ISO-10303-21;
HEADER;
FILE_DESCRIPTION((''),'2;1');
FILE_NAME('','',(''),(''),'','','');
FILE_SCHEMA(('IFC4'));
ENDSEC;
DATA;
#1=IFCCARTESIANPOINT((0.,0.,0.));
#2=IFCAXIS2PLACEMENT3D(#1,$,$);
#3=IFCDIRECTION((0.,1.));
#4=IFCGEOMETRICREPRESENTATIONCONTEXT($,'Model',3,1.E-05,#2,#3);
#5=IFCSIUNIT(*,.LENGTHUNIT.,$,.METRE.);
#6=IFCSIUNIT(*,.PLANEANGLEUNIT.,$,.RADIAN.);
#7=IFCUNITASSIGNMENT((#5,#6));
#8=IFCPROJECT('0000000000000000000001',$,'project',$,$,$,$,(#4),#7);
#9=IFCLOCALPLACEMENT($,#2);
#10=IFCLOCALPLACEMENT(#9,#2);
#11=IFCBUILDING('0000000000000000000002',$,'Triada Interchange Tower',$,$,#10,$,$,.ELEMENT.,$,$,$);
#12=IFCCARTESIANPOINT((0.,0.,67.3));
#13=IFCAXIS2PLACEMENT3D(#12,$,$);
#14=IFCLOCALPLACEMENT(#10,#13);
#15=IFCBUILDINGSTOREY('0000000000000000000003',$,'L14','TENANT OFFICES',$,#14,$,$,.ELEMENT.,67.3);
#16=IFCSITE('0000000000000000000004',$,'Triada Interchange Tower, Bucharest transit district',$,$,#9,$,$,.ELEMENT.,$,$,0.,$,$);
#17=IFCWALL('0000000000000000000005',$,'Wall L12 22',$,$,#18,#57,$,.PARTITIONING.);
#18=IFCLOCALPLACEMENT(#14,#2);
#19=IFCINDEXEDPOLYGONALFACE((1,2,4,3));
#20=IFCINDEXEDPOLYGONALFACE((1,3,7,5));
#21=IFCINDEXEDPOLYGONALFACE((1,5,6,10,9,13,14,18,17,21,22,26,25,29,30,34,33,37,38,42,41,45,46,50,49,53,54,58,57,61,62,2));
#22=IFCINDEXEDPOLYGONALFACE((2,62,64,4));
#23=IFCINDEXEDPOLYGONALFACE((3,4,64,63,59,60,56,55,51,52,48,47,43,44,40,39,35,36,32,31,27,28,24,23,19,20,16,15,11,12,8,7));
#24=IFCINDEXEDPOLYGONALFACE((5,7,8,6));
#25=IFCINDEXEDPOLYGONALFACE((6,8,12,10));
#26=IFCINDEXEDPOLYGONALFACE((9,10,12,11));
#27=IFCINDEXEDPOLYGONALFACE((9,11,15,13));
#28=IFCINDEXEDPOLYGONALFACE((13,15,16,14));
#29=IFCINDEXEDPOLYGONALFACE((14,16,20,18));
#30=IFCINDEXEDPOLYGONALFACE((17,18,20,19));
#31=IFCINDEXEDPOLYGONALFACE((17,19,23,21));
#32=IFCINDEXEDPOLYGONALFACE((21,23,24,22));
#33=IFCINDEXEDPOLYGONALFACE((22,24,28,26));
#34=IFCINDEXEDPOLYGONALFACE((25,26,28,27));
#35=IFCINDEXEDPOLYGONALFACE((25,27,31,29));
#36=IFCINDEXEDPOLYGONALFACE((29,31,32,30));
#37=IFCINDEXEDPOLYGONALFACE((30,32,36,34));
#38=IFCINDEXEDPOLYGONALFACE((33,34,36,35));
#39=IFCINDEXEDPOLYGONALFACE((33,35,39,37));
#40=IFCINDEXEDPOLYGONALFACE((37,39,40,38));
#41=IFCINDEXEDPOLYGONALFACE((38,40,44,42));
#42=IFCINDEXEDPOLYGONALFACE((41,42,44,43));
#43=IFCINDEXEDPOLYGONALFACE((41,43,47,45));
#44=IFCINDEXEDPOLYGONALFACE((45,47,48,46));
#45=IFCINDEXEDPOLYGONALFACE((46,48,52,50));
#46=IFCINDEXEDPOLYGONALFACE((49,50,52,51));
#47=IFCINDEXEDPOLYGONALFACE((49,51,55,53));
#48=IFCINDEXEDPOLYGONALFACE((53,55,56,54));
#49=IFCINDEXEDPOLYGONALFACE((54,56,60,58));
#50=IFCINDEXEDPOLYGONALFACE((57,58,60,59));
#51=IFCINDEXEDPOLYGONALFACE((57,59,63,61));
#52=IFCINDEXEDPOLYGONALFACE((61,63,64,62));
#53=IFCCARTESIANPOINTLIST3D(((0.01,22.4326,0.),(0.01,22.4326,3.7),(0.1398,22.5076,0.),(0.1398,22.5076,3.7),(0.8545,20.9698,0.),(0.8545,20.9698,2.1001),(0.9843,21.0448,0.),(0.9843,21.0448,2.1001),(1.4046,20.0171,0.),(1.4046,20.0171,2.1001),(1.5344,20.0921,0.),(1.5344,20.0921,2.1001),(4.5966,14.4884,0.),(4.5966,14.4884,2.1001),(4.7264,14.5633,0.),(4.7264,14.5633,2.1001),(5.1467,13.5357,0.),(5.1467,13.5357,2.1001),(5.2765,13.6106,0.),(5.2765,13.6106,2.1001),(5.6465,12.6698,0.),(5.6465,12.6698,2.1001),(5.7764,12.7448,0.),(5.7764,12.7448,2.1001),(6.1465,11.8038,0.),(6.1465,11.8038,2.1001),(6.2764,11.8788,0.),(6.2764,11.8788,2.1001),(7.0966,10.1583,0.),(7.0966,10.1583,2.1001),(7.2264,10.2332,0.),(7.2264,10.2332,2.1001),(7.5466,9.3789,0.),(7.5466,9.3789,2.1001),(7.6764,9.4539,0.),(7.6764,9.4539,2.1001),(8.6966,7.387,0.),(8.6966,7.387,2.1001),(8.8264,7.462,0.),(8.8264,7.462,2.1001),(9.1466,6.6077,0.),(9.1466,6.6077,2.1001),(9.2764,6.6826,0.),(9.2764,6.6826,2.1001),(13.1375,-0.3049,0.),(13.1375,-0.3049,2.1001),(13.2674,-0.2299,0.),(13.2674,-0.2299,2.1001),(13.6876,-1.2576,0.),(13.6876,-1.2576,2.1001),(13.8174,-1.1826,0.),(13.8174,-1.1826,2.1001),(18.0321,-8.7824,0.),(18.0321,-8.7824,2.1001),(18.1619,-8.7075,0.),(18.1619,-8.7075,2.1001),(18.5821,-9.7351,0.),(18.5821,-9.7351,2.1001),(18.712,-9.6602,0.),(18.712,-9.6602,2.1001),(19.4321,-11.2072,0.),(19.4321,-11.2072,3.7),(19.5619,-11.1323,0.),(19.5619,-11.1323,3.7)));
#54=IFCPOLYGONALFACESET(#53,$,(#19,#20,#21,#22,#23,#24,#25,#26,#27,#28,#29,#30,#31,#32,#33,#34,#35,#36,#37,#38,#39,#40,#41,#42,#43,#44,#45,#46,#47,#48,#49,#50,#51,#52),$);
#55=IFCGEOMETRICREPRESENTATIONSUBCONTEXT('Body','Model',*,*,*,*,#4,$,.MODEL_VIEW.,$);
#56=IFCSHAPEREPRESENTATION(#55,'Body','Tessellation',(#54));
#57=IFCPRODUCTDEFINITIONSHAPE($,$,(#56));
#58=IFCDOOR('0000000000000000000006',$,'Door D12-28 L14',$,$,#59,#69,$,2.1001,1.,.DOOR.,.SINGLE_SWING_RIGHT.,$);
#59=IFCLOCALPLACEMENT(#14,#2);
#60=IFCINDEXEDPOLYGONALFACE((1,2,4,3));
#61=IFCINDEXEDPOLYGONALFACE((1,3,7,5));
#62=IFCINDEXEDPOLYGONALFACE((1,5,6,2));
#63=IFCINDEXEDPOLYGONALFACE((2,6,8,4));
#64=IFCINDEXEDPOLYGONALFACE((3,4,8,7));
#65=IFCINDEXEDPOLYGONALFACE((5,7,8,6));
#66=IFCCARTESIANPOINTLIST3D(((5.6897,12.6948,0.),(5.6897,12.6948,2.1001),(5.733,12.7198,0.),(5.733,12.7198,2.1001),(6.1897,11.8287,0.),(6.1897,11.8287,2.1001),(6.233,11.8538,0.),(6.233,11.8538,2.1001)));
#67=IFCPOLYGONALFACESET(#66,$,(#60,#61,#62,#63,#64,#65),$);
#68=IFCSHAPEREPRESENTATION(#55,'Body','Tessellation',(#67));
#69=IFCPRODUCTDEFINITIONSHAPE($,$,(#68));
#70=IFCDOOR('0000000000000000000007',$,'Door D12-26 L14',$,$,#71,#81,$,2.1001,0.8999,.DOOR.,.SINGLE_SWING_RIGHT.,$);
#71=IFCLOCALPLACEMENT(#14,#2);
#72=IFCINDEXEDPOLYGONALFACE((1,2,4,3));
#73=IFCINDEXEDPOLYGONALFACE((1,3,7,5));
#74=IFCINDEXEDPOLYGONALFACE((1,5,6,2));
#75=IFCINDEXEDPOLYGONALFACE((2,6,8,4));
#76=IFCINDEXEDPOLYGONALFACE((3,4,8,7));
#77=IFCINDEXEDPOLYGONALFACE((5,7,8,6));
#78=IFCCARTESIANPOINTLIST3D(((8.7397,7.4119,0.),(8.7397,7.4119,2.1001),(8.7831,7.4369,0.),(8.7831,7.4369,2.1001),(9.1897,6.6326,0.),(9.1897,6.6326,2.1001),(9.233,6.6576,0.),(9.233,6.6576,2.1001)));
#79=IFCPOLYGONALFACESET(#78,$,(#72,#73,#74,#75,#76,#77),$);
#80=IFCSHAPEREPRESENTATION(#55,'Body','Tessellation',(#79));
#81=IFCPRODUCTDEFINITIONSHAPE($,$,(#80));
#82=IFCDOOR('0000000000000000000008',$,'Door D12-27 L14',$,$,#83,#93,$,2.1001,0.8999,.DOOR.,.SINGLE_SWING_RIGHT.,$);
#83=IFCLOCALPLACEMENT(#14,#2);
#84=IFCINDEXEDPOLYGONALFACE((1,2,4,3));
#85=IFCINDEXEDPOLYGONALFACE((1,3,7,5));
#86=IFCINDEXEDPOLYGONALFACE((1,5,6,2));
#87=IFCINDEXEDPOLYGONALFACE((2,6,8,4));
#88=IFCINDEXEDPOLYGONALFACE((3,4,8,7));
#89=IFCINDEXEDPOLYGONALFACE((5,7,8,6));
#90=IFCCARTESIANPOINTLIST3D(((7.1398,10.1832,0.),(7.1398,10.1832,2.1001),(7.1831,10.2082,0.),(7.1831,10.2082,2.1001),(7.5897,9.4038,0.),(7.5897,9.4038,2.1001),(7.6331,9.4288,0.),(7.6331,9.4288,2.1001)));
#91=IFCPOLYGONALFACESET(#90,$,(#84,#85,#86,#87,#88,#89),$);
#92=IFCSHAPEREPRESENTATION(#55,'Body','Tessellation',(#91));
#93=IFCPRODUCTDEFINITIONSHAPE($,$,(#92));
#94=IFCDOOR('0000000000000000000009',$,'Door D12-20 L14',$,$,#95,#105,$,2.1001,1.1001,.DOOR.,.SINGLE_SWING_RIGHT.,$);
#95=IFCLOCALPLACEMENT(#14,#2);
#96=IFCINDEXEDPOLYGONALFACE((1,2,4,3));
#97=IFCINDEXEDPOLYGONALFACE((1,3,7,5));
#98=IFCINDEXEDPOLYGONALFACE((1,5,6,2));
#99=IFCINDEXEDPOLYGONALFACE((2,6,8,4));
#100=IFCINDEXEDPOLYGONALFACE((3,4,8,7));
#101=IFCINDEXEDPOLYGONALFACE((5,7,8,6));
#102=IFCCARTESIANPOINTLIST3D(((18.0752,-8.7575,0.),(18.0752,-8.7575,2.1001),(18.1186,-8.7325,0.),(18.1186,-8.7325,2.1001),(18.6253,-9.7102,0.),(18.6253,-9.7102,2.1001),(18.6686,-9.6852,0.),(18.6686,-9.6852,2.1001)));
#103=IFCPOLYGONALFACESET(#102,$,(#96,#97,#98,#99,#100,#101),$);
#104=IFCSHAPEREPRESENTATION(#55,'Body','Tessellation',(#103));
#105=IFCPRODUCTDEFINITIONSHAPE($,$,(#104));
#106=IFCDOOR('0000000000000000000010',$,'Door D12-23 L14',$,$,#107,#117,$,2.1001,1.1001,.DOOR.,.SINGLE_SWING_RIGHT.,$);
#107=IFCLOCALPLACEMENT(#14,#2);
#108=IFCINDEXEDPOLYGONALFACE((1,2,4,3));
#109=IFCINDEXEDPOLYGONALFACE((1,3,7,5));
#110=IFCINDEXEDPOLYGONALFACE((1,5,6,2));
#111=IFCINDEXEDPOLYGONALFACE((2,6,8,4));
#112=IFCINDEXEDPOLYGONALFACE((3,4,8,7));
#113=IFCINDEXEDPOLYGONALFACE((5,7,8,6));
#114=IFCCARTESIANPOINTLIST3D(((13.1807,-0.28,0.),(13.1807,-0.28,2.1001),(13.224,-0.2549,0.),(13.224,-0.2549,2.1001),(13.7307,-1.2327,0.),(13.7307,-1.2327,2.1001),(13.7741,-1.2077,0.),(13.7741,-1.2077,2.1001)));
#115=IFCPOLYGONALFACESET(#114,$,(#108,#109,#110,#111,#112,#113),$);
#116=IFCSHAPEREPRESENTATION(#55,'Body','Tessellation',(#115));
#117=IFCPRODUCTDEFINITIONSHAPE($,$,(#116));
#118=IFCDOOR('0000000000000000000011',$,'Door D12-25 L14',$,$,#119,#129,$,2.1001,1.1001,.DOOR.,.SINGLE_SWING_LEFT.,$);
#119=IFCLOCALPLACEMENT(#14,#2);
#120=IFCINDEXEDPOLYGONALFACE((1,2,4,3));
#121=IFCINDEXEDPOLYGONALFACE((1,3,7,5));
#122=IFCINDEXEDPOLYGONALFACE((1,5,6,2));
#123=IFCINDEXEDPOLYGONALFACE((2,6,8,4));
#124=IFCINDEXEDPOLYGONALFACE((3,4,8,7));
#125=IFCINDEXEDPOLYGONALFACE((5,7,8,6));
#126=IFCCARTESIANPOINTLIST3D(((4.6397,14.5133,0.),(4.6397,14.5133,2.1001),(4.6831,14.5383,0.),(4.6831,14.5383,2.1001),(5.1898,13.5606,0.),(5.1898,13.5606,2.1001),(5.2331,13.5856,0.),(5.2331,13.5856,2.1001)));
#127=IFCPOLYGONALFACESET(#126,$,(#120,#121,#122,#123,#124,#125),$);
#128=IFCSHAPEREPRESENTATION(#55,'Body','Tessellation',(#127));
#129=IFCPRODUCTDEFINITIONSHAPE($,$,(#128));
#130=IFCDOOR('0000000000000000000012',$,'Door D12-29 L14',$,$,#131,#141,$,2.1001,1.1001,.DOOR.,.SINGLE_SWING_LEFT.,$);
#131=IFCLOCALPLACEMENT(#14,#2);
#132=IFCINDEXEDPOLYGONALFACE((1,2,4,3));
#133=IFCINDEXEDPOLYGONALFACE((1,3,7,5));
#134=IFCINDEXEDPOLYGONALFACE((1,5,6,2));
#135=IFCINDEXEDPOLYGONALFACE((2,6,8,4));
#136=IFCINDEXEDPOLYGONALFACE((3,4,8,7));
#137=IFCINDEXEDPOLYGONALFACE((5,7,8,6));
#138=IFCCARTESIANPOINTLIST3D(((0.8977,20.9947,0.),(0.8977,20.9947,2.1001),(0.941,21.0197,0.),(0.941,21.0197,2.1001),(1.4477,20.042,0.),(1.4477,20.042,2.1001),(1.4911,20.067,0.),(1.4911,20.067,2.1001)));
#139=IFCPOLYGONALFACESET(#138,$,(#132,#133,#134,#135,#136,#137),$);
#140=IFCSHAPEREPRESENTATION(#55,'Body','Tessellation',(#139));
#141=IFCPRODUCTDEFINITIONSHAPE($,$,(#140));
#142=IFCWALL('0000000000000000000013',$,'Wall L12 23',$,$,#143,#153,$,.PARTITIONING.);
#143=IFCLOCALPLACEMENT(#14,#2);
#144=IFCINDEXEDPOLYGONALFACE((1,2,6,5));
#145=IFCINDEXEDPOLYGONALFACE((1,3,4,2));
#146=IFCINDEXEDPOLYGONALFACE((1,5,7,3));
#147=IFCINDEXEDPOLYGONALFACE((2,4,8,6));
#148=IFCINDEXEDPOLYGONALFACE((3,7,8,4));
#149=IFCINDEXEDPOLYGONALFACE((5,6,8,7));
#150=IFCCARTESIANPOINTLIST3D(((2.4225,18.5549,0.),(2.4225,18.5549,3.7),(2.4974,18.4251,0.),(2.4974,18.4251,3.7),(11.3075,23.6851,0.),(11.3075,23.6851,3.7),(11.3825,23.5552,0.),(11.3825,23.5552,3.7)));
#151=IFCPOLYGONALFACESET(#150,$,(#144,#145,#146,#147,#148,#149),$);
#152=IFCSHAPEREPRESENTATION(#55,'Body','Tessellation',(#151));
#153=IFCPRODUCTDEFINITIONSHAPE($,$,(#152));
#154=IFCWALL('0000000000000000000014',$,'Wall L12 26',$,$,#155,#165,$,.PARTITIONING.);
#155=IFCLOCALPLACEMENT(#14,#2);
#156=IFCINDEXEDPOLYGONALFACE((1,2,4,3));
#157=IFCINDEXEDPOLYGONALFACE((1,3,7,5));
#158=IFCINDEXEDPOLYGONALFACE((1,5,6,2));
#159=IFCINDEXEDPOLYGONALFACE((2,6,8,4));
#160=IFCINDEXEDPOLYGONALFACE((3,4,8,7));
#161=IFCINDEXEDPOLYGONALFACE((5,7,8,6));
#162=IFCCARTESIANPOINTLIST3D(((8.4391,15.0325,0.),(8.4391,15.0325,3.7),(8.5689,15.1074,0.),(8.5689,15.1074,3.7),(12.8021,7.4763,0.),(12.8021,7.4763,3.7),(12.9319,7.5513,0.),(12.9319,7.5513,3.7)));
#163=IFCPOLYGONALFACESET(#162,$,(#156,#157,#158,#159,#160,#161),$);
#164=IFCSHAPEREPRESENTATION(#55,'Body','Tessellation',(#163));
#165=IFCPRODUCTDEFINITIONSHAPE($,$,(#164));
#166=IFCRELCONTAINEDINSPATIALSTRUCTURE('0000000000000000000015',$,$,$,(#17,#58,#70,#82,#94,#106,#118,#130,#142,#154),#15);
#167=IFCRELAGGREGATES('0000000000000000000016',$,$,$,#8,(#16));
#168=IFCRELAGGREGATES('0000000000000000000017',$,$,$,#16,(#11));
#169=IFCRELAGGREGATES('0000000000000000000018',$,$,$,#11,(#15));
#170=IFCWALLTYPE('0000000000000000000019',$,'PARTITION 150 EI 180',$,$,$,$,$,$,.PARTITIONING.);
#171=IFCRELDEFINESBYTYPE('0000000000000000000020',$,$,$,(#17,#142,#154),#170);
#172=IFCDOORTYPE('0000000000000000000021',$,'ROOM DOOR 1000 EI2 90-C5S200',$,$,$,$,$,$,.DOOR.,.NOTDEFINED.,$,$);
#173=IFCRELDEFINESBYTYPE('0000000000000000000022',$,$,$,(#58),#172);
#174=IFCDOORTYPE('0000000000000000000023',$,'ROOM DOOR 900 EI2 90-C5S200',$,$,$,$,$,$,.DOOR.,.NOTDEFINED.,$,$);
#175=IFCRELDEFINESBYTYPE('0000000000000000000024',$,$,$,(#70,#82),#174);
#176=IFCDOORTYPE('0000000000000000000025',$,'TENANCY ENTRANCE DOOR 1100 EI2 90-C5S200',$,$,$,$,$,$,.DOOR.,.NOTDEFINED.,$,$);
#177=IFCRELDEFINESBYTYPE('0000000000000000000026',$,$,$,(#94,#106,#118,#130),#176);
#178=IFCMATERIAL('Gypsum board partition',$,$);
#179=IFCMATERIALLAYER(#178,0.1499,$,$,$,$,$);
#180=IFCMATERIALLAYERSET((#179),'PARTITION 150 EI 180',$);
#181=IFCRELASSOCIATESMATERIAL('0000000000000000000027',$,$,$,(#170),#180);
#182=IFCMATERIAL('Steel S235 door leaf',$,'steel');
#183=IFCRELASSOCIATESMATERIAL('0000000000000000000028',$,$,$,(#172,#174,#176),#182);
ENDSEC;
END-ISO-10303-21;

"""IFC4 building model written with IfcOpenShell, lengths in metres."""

from ifc_helpers import new_model, si_unit, direction, frame, frame_2d, origin, place, context, subcontext, project, spatial, rectangle, extrude, material, layer, layer_set, type_object, element, fill, save


model = new_model("IFC4")

# Units and contexts
model_context = context("Model", 3, precision=1e-05, world=origin(), true_north=direction((0.0, 1.0)))
body_context = subcontext(model_context, "Body", "Model", "MODEL_VIEW")
ifc_project = project(units=[si_unit("LENGTHUNIT", "METRE"), si_unit("PLANEANGLEUNIT", "RADIAN")], contexts=[model_context])

# Site, building, storey
site_placement = place(None, origin())
site = spatial("IfcSite", under=ifc_project, at=site_placement, Name="Triada Interchange Tower, Bucharest transit district", CompositionType="ELEMENT", RefElevation=0.0)
building_placement = place(site_placement, origin())
building = spatial("IfcBuilding", under=site, at=building_placement, Name="Triada Interchange Tower", CompositionType="ELEMENT")
storey_placement = place(building_placement, frame((0.0, 0.0, 67.3)))
storey = spatial("IfcBuildingStorey", under=building, at=storey_placement, Name="L14", Description="TENANT OFFICES", CompositionType="ELEMENT", Elevation=67.3)

# Shared definitions
ifc_material_1 = material(Name="Steel S235 door leaf", Category="steel")

# Shared definitions
ifc_material_2 = material(Name="Gypsum board partition")
ifc_layer_1 = layer(ifc_material_2, 0.1499)
ifc_layer_set_1 = layer_set([ifc_layer_1], Name="PARTITION 150 EI 180")
wall_type_1 = type_object("IfcWallType", Name="PARTITION 150 EI 180", PredefinedType="PARTITIONING", material=ifc_layer_set_1)

# Wall, openings, doors
wall_1_placement = place(storey_placement, frame((0.075, 22.47, 0.0), z_axis=(0.0, 0.0, 1.0), x_axis=(0.500002, -0.866024, 0.0)))
wall_1 = element("IfcWall", 1, at=wall_1_placement, inside=storey, type_object=wall_type_1, Name="Wall L12 22", PredefinedType="PARTITIONING", context=body_context, shape_type="SweptSolid", body=[
    extrude(rectangle(XDim=38.844, YDim=0.1499, at=frame_2d((19.4219, 0.0))), origin(), (0.0, 0.0, 1.0), 3.7),
])
opening_1_placement = place(wall_1_placement, frame((36.0439, 0.0, 0.0)))
opening_1 = element("IfcOpeningElement", 2, at=opening_1_placement, cuts=wall_1, PredefinedType="OPENING", context=body_context, shape_type="SweptSolid", body=[
    extrude(rectangle(XDim=1.1001, YDim=2.1001, at=frame_2d((0.55, 1.05))), frame((0.0, 0.085, 0.0), z_axis=(0.0, -1.0, 0.0), x_axis=(1.0, 0.0, 0.0)), (0.0, 0.0, 1.0), 0.1699),
])
opening_2_placement = place(wall_1_placement, frame((26.2549, 0.0, 0.0)))
opening_2 = element("IfcOpeningElement", 3, at=opening_2_placement, cuts=wall_1, PredefinedType="OPENING", context=body_context, shape_type="SweptSolid", body=[
    extrude(rectangle(XDim=1.1001, YDim=2.1001, at=frame_2d((0.55, 1.05))), frame((0.0, 0.085, 0.0), z_axis=(0.0, -1.0, 0.0), x_axis=(1.0, 0.0, 0.0)), (0.0, 0.0, 1.0), 0.1699),
])
opening_3_placement = place(wall_1_placement, frame((9.1731, 0.0, 0.0)))
opening_3 = element("IfcOpeningElement", 4, at=opening_3_placement, cuts=wall_1, PredefinedType="OPENING", context=body_context, shape_type="SweptSolid", body=[
    extrude(rectangle(XDim=1.1001, YDim=2.1001, at=frame_2d((0.55, 1.05))), frame((0.0, 0.085, 0.0), z_axis=(0.0, -1.0, 0.0), x_axis=(1.0, 0.0, 0.0)), (0.0, 0.0, 1.0), 0.1699),
])
opening_4_placement = place(wall_1_placement, frame((17.373, 0.0, 0.0)))
opening_4 = element("IfcOpeningElement", 5, at=opening_4_placement, cuts=wall_1, PredefinedType="OPENING", context=body_context, shape_type="SweptSolid", body=[
    extrude(rectangle(XDim=0.8999, YDim=2.1001, at=frame_2d((0.45, 1.05))), frame((0.0, 0.085, 0.0), z_axis=(0.0, -1.0, 0.0), x_axis=(1.0, 0.0, 0.0)), (0.0, 0.0, 1.0), 0.1699),
])
opening_5_placement = place(wall_1_placement, frame((14.1731, 0.0, 0.0)))
opening_5 = element("IfcOpeningElement", 6, at=opening_5_placement, cuts=wall_1, PredefinedType="OPENING", context=body_context, shape_type="SweptSolid", body=[
    extrude(rectangle(XDim=0.8999, YDim=2.1001, at=frame_2d((0.45, 1.05))), frame((0.0, 0.085, 0.0), z_axis=(0.0, -1.0, 0.0), x_axis=(1.0, 0.0, 0.0)), (0.0, 0.0, 1.0), 0.1699),
])
opening_6_placement = place(wall_1_placement, frame((11.2729, 0.0, 0.0)))
opening_6 = element("IfcOpeningElement", 7, at=opening_6_placement, cuts=wall_1, PredefinedType="OPENING", context=body_context, shape_type="SweptSolid", body=[
    extrude(rectangle(XDim=1.0, YDim=2.1001, at=frame_2d((0.5, 1.05))), frame((0.0, 0.085, 0.0), z_axis=(0.0, -1.0, 0.0), x_axis=(1.0, 0.0, 0.0)), (0.0, 0.0, 1.0), 0.1699),
])
opening_7_placement = place(wall_1_placement, frame((1.689, 0.0, 0.0)))
opening_7 = element("IfcOpeningElement", 8, at=opening_7_placement, cuts=wall_1, PredefinedType="OPENING", context=body_context, shape_type="SweptSolid", body=[
    extrude(rectangle(XDim=1.1001, YDim=2.1001, at=frame_2d((0.55, 1.05))), frame((0.0, 0.085, 0.0), z_axis=(0.0, -1.0, 0.0), x_axis=(1.0, 0.0, 0.0)), (0.0, 0.0, 1.0), 0.1699),
])
door_type_1 = type_object("IfcDoorType", Name="ROOM DOOR 1000 EI2 90-C5S200", OperationType="NOTDEFINED", PredefinedType="DOOR", material=ifc_material_1)
door_1_placement = place(opening_6_placement, origin())
door_1 = element("IfcDoor", 9, at=door_1_placement, inside=storey, type_object=door_type_1, Name="Door D12-28 L14", OperationType="SINGLE_SWING_RIGHT", OverallHeight=2.1001, OverallWidth=1.0, PredefinedType="DOOR", context=body_context, shape_type="SweptSolid", body=[
    extrude(rectangle(XDim=1.0, YDim=2.1001, at=frame_2d((0.5, 1.05))), frame((0.0, 0.0249, 0.0), z_axis=(0.0, -1.0, 0.0), x_axis=(1.0, 0.0, 0.0)), (0.0, 0.0, 1.0), 0.05),
])
fill(opening_6, door_1)
door_type_2 = type_object("IfcDoorType", Name="ROOM DOOR 900 EI2 90-C5S200", OperationType="NOTDEFINED", PredefinedType="DOOR", material=ifc_material_1)
door_2_placement = place(opening_4_placement, origin())
door_2 = element("IfcDoor", 10, at=door_2_placement, inside=storey, type_object=door_type_2, Name="Door D12-26 L14", OperationType="SINGLE_SWING_RIGHT", OverallHeight=2.1001, OverallWidth=0.8999, PredefinedType="DOOR", context=body_context, shape_type="SweptSolid", body=[
    extrude(rectangle(XDim=0.8999, YDim=2.1001, at=frame_2d((0.45, 1.05))), frame((0.0, 0.0249, 0.0), z_axis=(0.0, -1.0, 0.0), x_axis=(1.0, 0.0, 0.0)), (0.0, 0.0, 1.0), 0.05),
])
fill(opening_4, door_2)
door_3_placement = place(opening_5_placement, origin())
door_3 = element("IfcDoor", 11, at=door_3_placement, inside=storey, type_object=door_type_2, Name="Door D12-27 L14", OperationType="SINGLE_SWING_RIGHT", OverallHeight=2.1001, OverallWidth=0.8999, PredefinedType="DOOR", context=body_context, shape_type="SweptSolid", body=[
    extrude(rectangle(XDim=0.8999, YDim=2.1001, at=frame_2d((0.45, 1.05))), frame((0.0, 0.0249, 0.0), z_axis=(0.0, -1.0, 0.0), x_axis=(1.0, 0.0, 0.0)), (0.0, 0.0, 1.0), 0.05),
])
fill(opening_5, door_3)
door_type_3 = type_object("IfcDoorType", Name="TENANCY ENTRANCE DOOR 1100 EI2 90-C5S200", OperationType="NOTDEFINED", PredefinedType="DOOR", material=ifc_material_1)
door_4_placement = place(opening_1_placement, origin())
door_4 = element("IfcDoor", 12, at=door_4_placement, inside=storey, type_object=door_type_3, Name="Door D12-20 L14", OperationType="SINGLE_SWING_RIGHT", OverallHeight=2.1001, OverallWidth=1.1001, PredefinedType="DOOR", context=body_context, shape_type="SweptSolid", body=[
    extrude(rectangle(XDim=1.1001, YDim=2.1001, at=frame_2d((0.55, 1.05))), frame((0.0, 0.0249, 0.0), z_axis=(0.0, -1.0, 0.0), x_axis=(1.0, 0.0, 0.0)), (0.0, 0.0, 1.0), 0.05),
])
fill(opening_1, door_4)
door_5_placement = place(opening_2_placement, origin())
door_5 = element("IfcDoor", 13, at=door_5_placement, inside=storey, type_object=door_type_3, Name="Door D12-23 L14", OperationType="SINGLE_SWING_RIGHT", OverallHeight=2.1001, OverallWidth=1.1001, PredefinedType="DOOR", context=body_context, shape_type="SweptSolid", body=[
    extrude(rectangle(XDim=1.1001, YDim=2.1001, at=frame_2d((0.55, 1.05))), frame((0.0, 0.0249, 0.0), z_axis=(0.0, -1.0, 0.0), x_axis=(1.0, 0.0, 0.0)), (0.0, 0.0, 1.0), 0.05),
])
fill(opening_2, door_5)
door_6_placement = place(opening_3_placement, origin())
door_6 = element("IfcDoor", 14, at=door_6_placement, inside=storey, type_object=door_type_3, Name="Door D12-25 L14", OperationType="SINGLE_SWING_LEFT", OverallHeight=2.1001, OverallWidth=1.1001, PredefinedType="DOOR", context=body_context, shape_type="SweptSolid", body=[
    extrude(rectangle(XDim=1.1001, YDim=2.1001, at=frame_2d((0.55, 1.05))), frame((0.0, 0.0249, 0.0), z_axis=(0.0, -1.0, 0.0), x_axis=(1.0, 0.0, 0.0)), (0.0, 0.0, 1.0), 0.05),
])
fill(opening_3, door_6)
door_7_placement = place(opening_7_placement, origin())
door_7 = element("IfcDoor", 15, at=door_7_placement, inside=storey, type_object=door_type_3, Name="Door D12-29 L14", OperationType="SINGLE_SWING_LEFT", OverallHeight=2.1001, OverallWidth=1.1001, PredefinedType="DOOR", context=body_context, shape_type="SweptSolid", body=[
    extrude(rectangle(XDim=1.1001, YDim=2.1001, at=frame_2d((0.55, 1.05))), frame((0.0, 0.0249, 0.0), z_axis=(0.0, -1.0, 0.0), x_axis=(1.0, 0.0, 0.0)), (0.0, 0.0, 1.0), 0.05),
])
fill(opening_7, door_7)

# Walls
wall_2_placement = place(storey_placement, frame((2.46, 18.49, 0.0), z_axis=(0.0, 0.0, 1.0), x_axis=(0.86601, 0.500027, 0.0)))
element("IfcWall", 16, at=wall_2_placement, inside=storey, type_object=wall_type_1, Name="Wall L12 23", PredefinedType="PARTITIONING", context=body_context, shape_type="SweptSolid", body=[
    extrude(rectangle(XDim=10.2598, YDim=0.1499, at=frame_2d((5.1299, 0.0))), origin(), (0.0, 0.0, 1.0), 3.7),
])
wall_3_placement = place(storey_placement, frame((8.5039, 15.0701, 0.0), z_axis=(0.0, 0.0, 1.0), x_axis=(0.500042, -0.866001, 0.0)))
element("IfcWall", 17, at=wall_3_placement, inside=storey, type_object=wall_type_1, Name="Wall L12 26", PredefinedType="PARTITIONING", context=body_context, shape_type="SweptSolid", body=[
    extrude(rectangle(XDim=8.7253, YDim=0.1499, at=frame_2d((4.3628, 0.0))), origin(), (0.0, 0.0, 1.0), 3.7),
])

save(model, "model.ifc")
